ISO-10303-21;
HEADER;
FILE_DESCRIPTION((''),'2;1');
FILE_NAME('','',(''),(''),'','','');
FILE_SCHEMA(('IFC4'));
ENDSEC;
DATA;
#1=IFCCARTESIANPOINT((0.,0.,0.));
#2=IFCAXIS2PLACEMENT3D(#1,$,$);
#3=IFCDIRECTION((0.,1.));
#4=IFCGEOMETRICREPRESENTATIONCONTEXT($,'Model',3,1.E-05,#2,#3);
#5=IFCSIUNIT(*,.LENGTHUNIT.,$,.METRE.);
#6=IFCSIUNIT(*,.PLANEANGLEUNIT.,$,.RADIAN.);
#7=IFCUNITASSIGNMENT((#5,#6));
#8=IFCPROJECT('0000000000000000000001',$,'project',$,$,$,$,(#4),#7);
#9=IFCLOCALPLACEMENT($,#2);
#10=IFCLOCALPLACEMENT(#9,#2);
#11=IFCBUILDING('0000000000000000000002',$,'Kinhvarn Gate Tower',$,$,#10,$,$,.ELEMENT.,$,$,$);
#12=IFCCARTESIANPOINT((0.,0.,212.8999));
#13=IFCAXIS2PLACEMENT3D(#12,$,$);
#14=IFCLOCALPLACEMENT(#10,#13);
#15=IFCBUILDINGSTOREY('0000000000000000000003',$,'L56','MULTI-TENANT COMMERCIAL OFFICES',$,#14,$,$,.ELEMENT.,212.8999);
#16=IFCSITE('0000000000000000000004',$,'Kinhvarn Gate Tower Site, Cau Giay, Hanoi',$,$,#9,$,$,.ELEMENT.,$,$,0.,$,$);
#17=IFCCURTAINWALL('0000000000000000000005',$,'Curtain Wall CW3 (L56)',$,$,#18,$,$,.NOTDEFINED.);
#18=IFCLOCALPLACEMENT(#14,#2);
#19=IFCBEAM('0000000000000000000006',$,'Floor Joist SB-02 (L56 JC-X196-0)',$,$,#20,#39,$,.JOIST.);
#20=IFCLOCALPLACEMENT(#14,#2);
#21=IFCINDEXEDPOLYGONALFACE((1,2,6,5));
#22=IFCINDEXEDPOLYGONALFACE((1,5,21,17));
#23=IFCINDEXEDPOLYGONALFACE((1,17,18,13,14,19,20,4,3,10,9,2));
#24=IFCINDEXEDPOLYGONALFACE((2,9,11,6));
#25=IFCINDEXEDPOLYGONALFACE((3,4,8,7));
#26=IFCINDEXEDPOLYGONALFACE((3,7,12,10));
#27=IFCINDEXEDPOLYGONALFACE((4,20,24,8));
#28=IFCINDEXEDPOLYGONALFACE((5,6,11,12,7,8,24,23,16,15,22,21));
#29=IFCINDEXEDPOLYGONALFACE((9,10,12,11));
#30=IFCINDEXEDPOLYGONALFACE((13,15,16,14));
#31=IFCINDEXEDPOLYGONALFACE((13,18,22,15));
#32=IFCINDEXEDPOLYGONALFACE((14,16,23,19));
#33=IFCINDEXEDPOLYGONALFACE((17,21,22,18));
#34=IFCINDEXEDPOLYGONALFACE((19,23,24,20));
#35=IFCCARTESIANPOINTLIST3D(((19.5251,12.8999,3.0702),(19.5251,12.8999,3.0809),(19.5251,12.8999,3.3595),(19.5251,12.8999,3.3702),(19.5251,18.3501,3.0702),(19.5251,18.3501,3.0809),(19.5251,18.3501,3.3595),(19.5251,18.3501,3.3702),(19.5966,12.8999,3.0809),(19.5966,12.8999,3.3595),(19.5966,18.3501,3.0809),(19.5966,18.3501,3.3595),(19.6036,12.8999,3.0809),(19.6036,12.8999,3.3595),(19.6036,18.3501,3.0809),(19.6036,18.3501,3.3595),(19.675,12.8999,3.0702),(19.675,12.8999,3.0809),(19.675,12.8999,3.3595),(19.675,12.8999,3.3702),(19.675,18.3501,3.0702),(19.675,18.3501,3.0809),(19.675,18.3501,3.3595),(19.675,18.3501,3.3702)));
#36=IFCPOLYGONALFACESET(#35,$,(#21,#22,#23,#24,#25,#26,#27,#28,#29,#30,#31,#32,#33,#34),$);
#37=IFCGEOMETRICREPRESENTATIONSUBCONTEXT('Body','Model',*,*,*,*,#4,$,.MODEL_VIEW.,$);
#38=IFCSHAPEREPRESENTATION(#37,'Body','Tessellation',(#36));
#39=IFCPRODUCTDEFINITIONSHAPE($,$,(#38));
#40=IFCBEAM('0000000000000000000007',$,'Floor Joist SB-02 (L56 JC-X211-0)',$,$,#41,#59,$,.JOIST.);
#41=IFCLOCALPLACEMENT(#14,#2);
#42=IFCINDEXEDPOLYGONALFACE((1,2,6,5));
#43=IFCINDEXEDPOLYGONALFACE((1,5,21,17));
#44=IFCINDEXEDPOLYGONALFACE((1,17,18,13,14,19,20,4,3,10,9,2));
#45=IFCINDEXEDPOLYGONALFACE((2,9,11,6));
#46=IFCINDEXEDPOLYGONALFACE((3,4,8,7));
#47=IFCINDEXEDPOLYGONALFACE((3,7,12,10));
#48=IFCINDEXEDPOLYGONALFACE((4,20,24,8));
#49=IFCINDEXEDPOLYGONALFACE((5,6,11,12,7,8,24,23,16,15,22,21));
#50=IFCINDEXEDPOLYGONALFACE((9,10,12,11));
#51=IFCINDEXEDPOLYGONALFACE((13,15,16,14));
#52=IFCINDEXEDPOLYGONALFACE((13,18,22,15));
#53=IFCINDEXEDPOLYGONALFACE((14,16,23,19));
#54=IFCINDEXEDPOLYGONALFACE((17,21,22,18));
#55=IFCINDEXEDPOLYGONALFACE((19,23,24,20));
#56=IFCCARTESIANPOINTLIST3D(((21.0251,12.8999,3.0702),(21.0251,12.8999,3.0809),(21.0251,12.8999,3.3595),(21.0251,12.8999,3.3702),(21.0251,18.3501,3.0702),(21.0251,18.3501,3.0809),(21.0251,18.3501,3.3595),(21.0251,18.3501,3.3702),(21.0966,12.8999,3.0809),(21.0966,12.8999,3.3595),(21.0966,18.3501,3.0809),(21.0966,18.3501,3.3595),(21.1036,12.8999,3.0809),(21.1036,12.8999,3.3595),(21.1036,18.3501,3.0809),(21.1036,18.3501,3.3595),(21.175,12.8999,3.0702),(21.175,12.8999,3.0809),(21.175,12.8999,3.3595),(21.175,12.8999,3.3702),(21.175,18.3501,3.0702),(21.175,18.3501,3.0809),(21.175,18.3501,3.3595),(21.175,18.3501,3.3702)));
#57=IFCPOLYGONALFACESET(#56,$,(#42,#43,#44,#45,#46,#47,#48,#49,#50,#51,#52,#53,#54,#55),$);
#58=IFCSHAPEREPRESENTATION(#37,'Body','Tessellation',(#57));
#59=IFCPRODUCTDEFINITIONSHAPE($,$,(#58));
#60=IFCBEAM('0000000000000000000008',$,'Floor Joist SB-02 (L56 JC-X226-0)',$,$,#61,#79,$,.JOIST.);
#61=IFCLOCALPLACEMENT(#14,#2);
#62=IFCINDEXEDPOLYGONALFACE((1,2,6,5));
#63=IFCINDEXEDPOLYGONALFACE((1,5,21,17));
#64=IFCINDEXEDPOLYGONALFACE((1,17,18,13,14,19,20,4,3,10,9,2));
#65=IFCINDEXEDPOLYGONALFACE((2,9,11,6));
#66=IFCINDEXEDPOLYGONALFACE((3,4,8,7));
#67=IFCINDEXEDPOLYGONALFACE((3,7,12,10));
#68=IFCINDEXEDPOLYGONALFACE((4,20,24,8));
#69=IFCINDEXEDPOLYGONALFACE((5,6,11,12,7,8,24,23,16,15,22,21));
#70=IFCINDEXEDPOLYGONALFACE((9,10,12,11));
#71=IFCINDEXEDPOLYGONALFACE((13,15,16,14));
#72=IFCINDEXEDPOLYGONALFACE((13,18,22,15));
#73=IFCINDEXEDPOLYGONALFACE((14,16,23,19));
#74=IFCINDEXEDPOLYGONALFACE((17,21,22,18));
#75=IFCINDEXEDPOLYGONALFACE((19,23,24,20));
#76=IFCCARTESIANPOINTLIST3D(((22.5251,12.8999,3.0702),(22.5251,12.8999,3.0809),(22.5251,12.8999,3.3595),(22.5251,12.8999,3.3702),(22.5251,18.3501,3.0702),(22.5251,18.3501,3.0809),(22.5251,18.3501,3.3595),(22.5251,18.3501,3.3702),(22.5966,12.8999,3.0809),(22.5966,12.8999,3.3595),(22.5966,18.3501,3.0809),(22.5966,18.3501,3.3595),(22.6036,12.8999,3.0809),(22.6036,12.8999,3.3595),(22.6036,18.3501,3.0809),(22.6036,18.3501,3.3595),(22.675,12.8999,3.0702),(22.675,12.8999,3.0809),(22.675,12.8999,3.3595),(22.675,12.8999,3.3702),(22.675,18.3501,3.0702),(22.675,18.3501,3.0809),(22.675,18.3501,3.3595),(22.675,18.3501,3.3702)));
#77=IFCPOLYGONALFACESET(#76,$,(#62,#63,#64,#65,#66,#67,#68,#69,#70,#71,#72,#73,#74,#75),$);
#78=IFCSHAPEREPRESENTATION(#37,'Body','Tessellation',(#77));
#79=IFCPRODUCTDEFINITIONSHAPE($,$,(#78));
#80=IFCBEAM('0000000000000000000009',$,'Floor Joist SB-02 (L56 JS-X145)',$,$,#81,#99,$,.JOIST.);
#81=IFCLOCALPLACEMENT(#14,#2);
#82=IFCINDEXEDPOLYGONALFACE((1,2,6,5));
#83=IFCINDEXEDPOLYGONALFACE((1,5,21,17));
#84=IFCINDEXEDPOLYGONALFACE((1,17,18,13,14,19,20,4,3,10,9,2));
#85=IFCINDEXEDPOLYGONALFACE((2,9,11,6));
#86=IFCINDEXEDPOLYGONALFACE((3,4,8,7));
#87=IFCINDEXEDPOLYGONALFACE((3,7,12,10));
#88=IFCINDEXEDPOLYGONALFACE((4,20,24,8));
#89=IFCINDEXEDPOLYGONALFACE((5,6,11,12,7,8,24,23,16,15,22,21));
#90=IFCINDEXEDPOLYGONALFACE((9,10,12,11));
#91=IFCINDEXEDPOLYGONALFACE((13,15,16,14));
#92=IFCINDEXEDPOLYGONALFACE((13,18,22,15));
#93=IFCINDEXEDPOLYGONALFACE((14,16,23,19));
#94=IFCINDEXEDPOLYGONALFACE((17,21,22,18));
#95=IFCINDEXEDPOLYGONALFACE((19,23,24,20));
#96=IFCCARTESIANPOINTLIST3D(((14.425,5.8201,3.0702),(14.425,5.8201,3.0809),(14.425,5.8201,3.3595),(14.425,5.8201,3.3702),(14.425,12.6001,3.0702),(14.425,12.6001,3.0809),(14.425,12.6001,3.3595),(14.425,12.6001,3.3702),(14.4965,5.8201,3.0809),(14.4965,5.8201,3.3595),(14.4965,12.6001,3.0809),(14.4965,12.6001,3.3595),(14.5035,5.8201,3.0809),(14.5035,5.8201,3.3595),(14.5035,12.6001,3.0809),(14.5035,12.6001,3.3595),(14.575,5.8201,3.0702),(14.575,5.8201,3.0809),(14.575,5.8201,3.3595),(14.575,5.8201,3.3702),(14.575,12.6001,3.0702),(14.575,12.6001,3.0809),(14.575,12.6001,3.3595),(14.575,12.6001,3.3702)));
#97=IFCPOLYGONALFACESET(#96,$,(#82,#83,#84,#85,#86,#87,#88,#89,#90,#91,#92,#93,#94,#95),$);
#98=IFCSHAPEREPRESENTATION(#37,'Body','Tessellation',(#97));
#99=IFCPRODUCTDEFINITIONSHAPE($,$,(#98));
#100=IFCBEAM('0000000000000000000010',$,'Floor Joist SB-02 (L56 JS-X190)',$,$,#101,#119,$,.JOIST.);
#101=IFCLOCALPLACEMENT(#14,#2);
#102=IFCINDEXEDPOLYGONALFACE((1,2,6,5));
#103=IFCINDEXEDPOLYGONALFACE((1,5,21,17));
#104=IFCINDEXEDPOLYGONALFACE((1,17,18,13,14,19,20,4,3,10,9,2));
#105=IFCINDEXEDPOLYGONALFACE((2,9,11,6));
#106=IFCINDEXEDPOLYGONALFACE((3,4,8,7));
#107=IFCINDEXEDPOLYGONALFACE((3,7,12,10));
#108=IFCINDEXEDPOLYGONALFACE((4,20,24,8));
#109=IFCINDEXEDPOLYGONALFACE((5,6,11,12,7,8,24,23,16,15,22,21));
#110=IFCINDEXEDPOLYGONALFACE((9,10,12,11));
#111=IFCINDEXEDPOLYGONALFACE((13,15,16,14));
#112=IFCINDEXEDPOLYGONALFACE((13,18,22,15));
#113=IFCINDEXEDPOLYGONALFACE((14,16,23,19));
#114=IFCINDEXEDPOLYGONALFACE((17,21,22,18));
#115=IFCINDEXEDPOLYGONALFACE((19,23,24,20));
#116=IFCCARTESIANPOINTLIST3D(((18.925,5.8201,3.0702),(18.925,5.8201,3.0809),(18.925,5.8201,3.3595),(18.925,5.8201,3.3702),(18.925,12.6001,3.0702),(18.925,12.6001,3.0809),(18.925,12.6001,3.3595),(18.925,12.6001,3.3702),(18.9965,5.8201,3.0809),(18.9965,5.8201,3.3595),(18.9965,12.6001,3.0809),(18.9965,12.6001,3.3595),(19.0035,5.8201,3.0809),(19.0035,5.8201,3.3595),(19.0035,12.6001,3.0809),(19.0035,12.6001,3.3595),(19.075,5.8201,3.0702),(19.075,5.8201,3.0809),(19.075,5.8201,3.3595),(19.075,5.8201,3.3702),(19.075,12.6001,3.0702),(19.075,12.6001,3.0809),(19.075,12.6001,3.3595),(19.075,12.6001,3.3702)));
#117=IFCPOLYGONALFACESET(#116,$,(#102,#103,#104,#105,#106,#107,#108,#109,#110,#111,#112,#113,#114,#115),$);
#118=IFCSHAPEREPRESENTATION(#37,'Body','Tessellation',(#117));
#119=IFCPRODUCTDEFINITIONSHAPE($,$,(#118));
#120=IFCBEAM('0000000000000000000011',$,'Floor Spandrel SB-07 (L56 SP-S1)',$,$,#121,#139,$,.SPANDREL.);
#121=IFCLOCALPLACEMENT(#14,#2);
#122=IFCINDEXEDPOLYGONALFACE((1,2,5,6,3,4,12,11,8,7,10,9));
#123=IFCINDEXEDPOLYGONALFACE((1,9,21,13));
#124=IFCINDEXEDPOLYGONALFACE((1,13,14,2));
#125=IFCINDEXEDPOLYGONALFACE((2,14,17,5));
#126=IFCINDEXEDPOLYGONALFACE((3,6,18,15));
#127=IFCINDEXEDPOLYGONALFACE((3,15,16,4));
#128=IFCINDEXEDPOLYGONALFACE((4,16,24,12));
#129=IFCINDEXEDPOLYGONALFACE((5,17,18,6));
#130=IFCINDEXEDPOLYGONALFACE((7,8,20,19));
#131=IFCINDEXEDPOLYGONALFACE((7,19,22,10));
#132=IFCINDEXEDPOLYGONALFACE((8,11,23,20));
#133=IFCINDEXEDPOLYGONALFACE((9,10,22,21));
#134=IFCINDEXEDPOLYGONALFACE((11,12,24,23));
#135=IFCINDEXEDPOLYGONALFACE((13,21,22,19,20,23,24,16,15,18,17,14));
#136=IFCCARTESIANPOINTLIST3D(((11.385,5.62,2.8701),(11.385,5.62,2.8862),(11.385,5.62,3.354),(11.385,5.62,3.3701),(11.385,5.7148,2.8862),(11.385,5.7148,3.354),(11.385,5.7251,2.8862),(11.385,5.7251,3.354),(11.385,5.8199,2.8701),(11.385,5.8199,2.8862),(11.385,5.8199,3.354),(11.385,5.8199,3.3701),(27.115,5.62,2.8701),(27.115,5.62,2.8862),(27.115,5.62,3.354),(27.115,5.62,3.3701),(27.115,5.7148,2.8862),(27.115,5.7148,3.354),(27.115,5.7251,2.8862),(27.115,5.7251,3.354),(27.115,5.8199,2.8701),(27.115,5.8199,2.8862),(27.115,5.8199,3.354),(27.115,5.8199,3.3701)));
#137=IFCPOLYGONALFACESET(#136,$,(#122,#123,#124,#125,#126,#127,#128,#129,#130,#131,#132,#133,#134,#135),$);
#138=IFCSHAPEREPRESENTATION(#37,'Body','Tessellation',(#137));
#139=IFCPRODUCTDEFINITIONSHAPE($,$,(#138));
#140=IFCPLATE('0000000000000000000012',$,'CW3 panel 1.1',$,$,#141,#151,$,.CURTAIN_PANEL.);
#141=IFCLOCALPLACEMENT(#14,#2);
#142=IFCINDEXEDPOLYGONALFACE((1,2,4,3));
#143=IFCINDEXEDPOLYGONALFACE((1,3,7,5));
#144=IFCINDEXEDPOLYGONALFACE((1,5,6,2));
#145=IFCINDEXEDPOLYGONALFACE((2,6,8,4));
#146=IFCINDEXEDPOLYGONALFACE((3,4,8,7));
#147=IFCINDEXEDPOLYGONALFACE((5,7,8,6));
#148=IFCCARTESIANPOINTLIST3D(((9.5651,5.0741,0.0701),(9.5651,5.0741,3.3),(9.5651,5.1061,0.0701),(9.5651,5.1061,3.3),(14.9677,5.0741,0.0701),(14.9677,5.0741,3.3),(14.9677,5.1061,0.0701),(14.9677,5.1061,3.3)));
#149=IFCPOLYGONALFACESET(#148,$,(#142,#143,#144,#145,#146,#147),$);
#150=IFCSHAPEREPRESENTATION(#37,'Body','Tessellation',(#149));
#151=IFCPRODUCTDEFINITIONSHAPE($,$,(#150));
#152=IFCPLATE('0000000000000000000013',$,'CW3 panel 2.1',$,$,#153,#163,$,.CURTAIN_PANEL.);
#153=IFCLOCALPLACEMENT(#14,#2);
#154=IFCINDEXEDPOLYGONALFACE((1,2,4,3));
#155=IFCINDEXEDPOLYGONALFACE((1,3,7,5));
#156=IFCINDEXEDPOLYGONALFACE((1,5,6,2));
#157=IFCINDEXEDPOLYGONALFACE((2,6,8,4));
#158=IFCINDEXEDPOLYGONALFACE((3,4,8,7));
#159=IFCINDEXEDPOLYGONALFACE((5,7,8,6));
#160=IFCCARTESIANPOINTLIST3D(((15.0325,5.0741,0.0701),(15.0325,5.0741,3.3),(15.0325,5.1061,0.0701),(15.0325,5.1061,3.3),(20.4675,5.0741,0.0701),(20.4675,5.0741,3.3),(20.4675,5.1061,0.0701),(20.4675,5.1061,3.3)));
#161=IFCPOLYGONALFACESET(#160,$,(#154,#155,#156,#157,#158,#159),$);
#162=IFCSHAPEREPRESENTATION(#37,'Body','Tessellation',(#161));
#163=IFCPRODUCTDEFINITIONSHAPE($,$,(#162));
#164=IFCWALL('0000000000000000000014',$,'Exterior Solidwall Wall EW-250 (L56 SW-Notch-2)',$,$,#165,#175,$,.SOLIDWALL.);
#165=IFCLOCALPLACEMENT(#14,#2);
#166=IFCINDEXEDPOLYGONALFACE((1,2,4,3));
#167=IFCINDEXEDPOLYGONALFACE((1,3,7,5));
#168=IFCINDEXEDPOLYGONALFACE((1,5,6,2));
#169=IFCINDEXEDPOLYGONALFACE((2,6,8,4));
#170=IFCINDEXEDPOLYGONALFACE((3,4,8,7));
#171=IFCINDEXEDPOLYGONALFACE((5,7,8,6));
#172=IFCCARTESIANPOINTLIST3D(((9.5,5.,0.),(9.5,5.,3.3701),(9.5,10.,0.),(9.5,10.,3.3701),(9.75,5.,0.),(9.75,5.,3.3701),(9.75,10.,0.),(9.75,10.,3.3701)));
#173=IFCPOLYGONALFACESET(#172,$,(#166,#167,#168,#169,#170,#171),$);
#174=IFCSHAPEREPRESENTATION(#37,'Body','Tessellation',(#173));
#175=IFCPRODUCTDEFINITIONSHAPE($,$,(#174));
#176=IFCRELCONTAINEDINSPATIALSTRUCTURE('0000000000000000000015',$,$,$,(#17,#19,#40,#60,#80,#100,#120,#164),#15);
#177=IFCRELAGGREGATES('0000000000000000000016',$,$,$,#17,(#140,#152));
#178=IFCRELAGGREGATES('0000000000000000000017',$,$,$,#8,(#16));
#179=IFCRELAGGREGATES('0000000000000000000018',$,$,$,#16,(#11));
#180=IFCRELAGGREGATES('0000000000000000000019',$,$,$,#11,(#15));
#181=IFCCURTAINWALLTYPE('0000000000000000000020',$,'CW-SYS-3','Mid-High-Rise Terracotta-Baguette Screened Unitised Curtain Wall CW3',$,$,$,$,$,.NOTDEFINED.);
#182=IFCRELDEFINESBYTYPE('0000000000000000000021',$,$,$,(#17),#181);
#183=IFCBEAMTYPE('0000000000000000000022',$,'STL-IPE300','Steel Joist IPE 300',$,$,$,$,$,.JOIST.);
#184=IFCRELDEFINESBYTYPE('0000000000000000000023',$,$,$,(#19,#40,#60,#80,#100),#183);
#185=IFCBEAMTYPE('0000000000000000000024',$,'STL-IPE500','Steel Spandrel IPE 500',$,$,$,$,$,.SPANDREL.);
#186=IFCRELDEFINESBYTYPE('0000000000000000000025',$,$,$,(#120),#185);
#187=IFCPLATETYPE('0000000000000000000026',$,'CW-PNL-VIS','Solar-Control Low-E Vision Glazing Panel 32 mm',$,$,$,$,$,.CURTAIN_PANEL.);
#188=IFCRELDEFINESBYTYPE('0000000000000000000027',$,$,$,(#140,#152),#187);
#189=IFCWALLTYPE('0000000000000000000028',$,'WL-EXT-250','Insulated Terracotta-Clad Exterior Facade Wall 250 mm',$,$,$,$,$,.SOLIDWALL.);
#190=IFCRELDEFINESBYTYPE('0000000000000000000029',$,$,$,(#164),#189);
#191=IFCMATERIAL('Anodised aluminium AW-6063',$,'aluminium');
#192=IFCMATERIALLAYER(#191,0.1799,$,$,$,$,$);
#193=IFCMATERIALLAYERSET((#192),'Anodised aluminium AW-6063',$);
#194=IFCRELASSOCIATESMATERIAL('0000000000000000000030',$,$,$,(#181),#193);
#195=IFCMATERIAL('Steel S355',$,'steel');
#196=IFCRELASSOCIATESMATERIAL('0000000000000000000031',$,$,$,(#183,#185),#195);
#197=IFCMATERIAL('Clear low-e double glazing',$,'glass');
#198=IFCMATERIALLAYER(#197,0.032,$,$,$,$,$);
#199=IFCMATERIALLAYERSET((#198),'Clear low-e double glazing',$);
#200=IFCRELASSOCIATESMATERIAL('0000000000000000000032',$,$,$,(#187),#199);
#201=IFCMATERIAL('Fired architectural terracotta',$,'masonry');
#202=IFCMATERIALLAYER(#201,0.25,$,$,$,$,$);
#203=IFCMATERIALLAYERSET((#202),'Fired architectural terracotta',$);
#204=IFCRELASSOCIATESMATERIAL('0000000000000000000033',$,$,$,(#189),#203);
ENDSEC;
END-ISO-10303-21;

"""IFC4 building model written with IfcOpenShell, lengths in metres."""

from ifc_helpers import new_model, si_unit, direction, frame, frame_2d, origin, origin_2d, place, context, subcontext, project, spatial, rectangle, i_section, extrude, material, layer, layer_set, material_profile, profile_set, type_object, element, aggregate, save


model = new_model("IFC4")

# Units and contexts
model_context = context("Model", 3, precision=1e-05, world=origin(), true_north=direction((0.0, 1.0)))
body_context = subcontext(model_context, "Body", "Model", "MODEL_VIEW")
ifc_project = project(units=[si_unit("LENGTHUNIT", "METRE"), si_unit("PLANEANGLEUNIT", "RADIAN")], contexts=[model_context])

# Site, building, storey
site_placement = place(None, origin())
site = spatial("IfcSite", under=ifc_project, at=site_placement, Name="Kinhvarn Gate Tower Site, Cau Giay, Hanoi", CompositionType="ELEMENT", RefElevation=0.0)
building_placement = place(site_placement, origin())
building = spatial("IfcBuilding", under=site, at=building_placement, Name="Kinhvarn Gate Tower", CompositionType="ELEMENT")
storey_placement = place(building_placement, frame((0.0, 0.0, 212.8999)))
storey = spatial("IfcBuildingStorey", under=building, at=storey_placement, Name="L56", Description="MULTI-TENANT COMMERCIAL OFFICES", CompositionType="ELEMENT", Elevation=212.8999)

# Curtain wall
ifc_material_1 = material(Name="Anodised aluminium AW-6063", Category="aluminium")
ifc_layer_1 = layer(ifc_material_1, 0.1799)
ifc_layer_set_1 = layer_set([ifc_layer_1], Name="Anodised aluminium AW-6063")
curtain_wall_type = type_object("IfcCurtainWallType", Name="CW-SYS-3", Description="Mid-High-Rise Terracotta-Baguette Screened Unitised Curtain Wall CW3", PredefinedType="NOTDEFINED", material=ifc_layer_set_1)
curtain_wall_placement = place(storey_placement, origin())
curtain_wall = element("IfcCurtainWall", 1, at=curtain_wall_placement, inside=storey, type_object=curtain_wall_type, Name="Curtain Wall CW3 (L56)", PredefinedType="NOTDEFINED")

# Beams
ifc_material_2 = material(Name="Steel S355", Category="steel")
ifc_material_profile_1 = material_profile(ifc_material_2, i_section(OverallWidth=0.1499, OverallDepth=0.3, WebThickness=0.0071, FlangeThickness=0.0107, at=origin_2d()), Name="IPE 300")
ifc_profile_set_1 = profile_set([ifc_material_profile_1], Name="Steel S355")
beam_type_1 = type_object("IfcBeamType", Name="STL-IPE300", Description="Steel Joist IPE 300", PredefinedType="JOIST", material=ifc_profile_set_1)
for number, where, z_axis, x_axis, name in (
    (2, (19.6001, 12.8999, 3.2202), (0.0, 1.0, 0.0), (-1.0, 0.0, 0.0), "Floor Joist SB-02 (L56 JC-X196-0)"),
    (3, (21.1001, 12.8999, 3.2202), (0.0, 1.0, 0.0), (-1.0, 0.0, 0.0), "Floor Joist SB-02 (L56 JC-X211-0)"),
    (4, (22.6001, 12.8999, 3.2202), (0.0, 1.0, 0.0), (-1.0, 0.0, 0.0), "Floor Joist SB-02 (L56 JC-X226-0)"),
):
    element("IfcBeam", number, at=place(storey_placement, frame(where, z_axis=z_axis, x_axis=x_axis)), inside=storey, type_object=beam_type_1, Name=name, PredefinedType="JOIST", context=body_context, shape_type="SweptSolid", body=[
        extrude(i_section(OverallWidth=0.1499, OverallDepth=0.3, WebThickness=0.0071, FlangeThickness=0.0107, at=origin_2d()), origin(), (0.0, 0.0, 1.0), 5.4502),
    ])
for number, where, z_axis, x_axis, name in (
    (5, (14.5, 5.8201, 3.2202), (0.0, 1.0, 0.0), (-1.0, 0.0, 0.0), "Floor Joist SB-02 (L56 JS-X145)"),
    (6, (19.0, 5.8201, 3.2202), (0.0, 1.0, 0.0), (-1.0, 0.0, 0.0), "Floor Joist SB-02 (L56 JS-X190)"),
):
    element("IfcBeam", number, at=place(storey_placement, frame(where, z_axis=z_axis, x_axis=x_axis)), inside=storey, type_object=beam_type_1, Name=name, PredefinedType="JOIST", context=body_context, shape_type="SweptSolid", body=[
        extrude(i_section(OverallWidth=0.1499, OverallDepth=0.3, WebThickness=0.0071, FlangeThickness=0.0107, at=origin_2d()), origin(), (0.0, 0.0, 1.0), 6.78),
    ])
ifc_material_profile_2 = material_profile(ifc_material_2, i_section(OverallWidth=0.2, OverallDepth=0.5, WebThickness=0.0103, FlangeThickness=0.0161, at=origin_2d()), Name="IPE 500")
ifc_profile_set_2 = profile_set([ifc_material_profile_2], Name="Steel S355")
beam_type_2 = type_object("IfcBeamType", Name="STL-IPE500", Description="Steel Spandrel IPE 500", PredefinedType="SPANDREL", material=ifc_profile_set_2)
beam_1_placement = place(storey_placement, frame((11.385, 5.72, 3.1201), z_axis=(1.0, 0.0, 0.0), x_axis=(0.0, 1.0, 0.0)))
element("IfcBeam", 7, at=beam_1_placement, inside=storey, type_object=beam_type_2, Name="Floor Spandrel SB-07 (L56 SP-S1)", PredefinedType="SPANDREL", context=body_context, shape_type="SweptSolid", body=[
    extrude(i_section(OverallWidth=0.2, OverallDepth=0.5, WebThickness=0.0103, FlangeThickness=0.0161, at=origin_2d()), origin(), (0.0, 0.0, 1.0), 15.73),
])

# Plates
ifc_material_3 = material(Name="Clear low-e double glazing", Category="glass")
ifc_layer_2 = layer(ifc_material_3, 0.032)
ifc_layer_set_2 = layer_set([ifc_layer_2], Name="Clear low-e double glazing")
plate_type = type_object("IfcPlateType", Name="CW-PNL-VIS", Description="Solar-Control Low-E Vision Glazing Panel 32 mm", PredefinedType="CURTAIN_PANEL", material=ifc_layer_set_2)
plate_1_placement = place(storey_placement, frame((12.2664, 5.0901, 0.0701), z_axis=(0.0, 0.0, 1.0), x_axis=(1.0, 0.0, 0.0)))
plate_1 = element("IfcPlate", 8, at=plate_1_placement, type_object=plate_type, Name="CW3 panel 1.1", PredefinedType="CURTAIN_PANEL", context=body_context, shape_type="SweptSolid", body=[
    extrude(rectangle(XDim=5.4026, YDim=0.032, at=origin_2d()), origin(), (0.0, 0.0, 1.0), 3.23),
])
plate_2_placement = place(storey_placement, frame((17.75, 5.0901, 0.0701), z_axis=(0.0, 0.0, 1.0), x_axis=(1.0, 0.0, 0.0)))
plate_2 = element("IfcPlate", 9, at=plate_2_placement, type_object=plate_type, Name="CW3 panel 2.1", PredefinedType="CURTAIN_PANEL", context=body_context, shape_type="SweptSolid", body=[
    extrude(rectangle(XDim=5.4351, YDim=0.032, at=origin_2d()), origin(), (0.0, 0.0, 1.0), 3.23),
])
aggregate(curtain_wall, [plate_1, plate_2])

# Wall
ifc_material_4 = material(Name="Fired architectural terracotta", Category="masonry")
ifc_layer_3 = layer(ifc_material_4, 0.25)
ifc_layer_set_3 = layer_set([ifc_layer_3], Name="Fired architectural terracotta")
wall_type_1 = type_object("IfcWallType", Name="WL-EXT-250", Description="Insulated Terracotta-Clad Exterior Facade Wall 250 mm", PredefinedType="SOLIDWALL", material=ifc_layer_set_3)
wall_1_placement = place(storey_placement, frame((9.625, 10.0, 0.0), z_axis=(0.0, 0.0, 1.0), x_axis=(0.0, -1.0, 0.0)))
element("IfcWall", 10, at=wall_1_placement, inside=storey, type_object=wall_type_1, Name="Exterior Solidwall Wall EW-250 (L56 SW-Notch-2)", PredefinedType="SOLIDWALL", context=body_context, shape_type="SweptSolid", body=[
    extrude(rectangle(XDim=5.0, YDim=0.25, at=frame_2d((2.5, 0.0))), origin(), (0.0, 0.0, 1.0), 3.3701),
])

save(model, "model.ifc")
